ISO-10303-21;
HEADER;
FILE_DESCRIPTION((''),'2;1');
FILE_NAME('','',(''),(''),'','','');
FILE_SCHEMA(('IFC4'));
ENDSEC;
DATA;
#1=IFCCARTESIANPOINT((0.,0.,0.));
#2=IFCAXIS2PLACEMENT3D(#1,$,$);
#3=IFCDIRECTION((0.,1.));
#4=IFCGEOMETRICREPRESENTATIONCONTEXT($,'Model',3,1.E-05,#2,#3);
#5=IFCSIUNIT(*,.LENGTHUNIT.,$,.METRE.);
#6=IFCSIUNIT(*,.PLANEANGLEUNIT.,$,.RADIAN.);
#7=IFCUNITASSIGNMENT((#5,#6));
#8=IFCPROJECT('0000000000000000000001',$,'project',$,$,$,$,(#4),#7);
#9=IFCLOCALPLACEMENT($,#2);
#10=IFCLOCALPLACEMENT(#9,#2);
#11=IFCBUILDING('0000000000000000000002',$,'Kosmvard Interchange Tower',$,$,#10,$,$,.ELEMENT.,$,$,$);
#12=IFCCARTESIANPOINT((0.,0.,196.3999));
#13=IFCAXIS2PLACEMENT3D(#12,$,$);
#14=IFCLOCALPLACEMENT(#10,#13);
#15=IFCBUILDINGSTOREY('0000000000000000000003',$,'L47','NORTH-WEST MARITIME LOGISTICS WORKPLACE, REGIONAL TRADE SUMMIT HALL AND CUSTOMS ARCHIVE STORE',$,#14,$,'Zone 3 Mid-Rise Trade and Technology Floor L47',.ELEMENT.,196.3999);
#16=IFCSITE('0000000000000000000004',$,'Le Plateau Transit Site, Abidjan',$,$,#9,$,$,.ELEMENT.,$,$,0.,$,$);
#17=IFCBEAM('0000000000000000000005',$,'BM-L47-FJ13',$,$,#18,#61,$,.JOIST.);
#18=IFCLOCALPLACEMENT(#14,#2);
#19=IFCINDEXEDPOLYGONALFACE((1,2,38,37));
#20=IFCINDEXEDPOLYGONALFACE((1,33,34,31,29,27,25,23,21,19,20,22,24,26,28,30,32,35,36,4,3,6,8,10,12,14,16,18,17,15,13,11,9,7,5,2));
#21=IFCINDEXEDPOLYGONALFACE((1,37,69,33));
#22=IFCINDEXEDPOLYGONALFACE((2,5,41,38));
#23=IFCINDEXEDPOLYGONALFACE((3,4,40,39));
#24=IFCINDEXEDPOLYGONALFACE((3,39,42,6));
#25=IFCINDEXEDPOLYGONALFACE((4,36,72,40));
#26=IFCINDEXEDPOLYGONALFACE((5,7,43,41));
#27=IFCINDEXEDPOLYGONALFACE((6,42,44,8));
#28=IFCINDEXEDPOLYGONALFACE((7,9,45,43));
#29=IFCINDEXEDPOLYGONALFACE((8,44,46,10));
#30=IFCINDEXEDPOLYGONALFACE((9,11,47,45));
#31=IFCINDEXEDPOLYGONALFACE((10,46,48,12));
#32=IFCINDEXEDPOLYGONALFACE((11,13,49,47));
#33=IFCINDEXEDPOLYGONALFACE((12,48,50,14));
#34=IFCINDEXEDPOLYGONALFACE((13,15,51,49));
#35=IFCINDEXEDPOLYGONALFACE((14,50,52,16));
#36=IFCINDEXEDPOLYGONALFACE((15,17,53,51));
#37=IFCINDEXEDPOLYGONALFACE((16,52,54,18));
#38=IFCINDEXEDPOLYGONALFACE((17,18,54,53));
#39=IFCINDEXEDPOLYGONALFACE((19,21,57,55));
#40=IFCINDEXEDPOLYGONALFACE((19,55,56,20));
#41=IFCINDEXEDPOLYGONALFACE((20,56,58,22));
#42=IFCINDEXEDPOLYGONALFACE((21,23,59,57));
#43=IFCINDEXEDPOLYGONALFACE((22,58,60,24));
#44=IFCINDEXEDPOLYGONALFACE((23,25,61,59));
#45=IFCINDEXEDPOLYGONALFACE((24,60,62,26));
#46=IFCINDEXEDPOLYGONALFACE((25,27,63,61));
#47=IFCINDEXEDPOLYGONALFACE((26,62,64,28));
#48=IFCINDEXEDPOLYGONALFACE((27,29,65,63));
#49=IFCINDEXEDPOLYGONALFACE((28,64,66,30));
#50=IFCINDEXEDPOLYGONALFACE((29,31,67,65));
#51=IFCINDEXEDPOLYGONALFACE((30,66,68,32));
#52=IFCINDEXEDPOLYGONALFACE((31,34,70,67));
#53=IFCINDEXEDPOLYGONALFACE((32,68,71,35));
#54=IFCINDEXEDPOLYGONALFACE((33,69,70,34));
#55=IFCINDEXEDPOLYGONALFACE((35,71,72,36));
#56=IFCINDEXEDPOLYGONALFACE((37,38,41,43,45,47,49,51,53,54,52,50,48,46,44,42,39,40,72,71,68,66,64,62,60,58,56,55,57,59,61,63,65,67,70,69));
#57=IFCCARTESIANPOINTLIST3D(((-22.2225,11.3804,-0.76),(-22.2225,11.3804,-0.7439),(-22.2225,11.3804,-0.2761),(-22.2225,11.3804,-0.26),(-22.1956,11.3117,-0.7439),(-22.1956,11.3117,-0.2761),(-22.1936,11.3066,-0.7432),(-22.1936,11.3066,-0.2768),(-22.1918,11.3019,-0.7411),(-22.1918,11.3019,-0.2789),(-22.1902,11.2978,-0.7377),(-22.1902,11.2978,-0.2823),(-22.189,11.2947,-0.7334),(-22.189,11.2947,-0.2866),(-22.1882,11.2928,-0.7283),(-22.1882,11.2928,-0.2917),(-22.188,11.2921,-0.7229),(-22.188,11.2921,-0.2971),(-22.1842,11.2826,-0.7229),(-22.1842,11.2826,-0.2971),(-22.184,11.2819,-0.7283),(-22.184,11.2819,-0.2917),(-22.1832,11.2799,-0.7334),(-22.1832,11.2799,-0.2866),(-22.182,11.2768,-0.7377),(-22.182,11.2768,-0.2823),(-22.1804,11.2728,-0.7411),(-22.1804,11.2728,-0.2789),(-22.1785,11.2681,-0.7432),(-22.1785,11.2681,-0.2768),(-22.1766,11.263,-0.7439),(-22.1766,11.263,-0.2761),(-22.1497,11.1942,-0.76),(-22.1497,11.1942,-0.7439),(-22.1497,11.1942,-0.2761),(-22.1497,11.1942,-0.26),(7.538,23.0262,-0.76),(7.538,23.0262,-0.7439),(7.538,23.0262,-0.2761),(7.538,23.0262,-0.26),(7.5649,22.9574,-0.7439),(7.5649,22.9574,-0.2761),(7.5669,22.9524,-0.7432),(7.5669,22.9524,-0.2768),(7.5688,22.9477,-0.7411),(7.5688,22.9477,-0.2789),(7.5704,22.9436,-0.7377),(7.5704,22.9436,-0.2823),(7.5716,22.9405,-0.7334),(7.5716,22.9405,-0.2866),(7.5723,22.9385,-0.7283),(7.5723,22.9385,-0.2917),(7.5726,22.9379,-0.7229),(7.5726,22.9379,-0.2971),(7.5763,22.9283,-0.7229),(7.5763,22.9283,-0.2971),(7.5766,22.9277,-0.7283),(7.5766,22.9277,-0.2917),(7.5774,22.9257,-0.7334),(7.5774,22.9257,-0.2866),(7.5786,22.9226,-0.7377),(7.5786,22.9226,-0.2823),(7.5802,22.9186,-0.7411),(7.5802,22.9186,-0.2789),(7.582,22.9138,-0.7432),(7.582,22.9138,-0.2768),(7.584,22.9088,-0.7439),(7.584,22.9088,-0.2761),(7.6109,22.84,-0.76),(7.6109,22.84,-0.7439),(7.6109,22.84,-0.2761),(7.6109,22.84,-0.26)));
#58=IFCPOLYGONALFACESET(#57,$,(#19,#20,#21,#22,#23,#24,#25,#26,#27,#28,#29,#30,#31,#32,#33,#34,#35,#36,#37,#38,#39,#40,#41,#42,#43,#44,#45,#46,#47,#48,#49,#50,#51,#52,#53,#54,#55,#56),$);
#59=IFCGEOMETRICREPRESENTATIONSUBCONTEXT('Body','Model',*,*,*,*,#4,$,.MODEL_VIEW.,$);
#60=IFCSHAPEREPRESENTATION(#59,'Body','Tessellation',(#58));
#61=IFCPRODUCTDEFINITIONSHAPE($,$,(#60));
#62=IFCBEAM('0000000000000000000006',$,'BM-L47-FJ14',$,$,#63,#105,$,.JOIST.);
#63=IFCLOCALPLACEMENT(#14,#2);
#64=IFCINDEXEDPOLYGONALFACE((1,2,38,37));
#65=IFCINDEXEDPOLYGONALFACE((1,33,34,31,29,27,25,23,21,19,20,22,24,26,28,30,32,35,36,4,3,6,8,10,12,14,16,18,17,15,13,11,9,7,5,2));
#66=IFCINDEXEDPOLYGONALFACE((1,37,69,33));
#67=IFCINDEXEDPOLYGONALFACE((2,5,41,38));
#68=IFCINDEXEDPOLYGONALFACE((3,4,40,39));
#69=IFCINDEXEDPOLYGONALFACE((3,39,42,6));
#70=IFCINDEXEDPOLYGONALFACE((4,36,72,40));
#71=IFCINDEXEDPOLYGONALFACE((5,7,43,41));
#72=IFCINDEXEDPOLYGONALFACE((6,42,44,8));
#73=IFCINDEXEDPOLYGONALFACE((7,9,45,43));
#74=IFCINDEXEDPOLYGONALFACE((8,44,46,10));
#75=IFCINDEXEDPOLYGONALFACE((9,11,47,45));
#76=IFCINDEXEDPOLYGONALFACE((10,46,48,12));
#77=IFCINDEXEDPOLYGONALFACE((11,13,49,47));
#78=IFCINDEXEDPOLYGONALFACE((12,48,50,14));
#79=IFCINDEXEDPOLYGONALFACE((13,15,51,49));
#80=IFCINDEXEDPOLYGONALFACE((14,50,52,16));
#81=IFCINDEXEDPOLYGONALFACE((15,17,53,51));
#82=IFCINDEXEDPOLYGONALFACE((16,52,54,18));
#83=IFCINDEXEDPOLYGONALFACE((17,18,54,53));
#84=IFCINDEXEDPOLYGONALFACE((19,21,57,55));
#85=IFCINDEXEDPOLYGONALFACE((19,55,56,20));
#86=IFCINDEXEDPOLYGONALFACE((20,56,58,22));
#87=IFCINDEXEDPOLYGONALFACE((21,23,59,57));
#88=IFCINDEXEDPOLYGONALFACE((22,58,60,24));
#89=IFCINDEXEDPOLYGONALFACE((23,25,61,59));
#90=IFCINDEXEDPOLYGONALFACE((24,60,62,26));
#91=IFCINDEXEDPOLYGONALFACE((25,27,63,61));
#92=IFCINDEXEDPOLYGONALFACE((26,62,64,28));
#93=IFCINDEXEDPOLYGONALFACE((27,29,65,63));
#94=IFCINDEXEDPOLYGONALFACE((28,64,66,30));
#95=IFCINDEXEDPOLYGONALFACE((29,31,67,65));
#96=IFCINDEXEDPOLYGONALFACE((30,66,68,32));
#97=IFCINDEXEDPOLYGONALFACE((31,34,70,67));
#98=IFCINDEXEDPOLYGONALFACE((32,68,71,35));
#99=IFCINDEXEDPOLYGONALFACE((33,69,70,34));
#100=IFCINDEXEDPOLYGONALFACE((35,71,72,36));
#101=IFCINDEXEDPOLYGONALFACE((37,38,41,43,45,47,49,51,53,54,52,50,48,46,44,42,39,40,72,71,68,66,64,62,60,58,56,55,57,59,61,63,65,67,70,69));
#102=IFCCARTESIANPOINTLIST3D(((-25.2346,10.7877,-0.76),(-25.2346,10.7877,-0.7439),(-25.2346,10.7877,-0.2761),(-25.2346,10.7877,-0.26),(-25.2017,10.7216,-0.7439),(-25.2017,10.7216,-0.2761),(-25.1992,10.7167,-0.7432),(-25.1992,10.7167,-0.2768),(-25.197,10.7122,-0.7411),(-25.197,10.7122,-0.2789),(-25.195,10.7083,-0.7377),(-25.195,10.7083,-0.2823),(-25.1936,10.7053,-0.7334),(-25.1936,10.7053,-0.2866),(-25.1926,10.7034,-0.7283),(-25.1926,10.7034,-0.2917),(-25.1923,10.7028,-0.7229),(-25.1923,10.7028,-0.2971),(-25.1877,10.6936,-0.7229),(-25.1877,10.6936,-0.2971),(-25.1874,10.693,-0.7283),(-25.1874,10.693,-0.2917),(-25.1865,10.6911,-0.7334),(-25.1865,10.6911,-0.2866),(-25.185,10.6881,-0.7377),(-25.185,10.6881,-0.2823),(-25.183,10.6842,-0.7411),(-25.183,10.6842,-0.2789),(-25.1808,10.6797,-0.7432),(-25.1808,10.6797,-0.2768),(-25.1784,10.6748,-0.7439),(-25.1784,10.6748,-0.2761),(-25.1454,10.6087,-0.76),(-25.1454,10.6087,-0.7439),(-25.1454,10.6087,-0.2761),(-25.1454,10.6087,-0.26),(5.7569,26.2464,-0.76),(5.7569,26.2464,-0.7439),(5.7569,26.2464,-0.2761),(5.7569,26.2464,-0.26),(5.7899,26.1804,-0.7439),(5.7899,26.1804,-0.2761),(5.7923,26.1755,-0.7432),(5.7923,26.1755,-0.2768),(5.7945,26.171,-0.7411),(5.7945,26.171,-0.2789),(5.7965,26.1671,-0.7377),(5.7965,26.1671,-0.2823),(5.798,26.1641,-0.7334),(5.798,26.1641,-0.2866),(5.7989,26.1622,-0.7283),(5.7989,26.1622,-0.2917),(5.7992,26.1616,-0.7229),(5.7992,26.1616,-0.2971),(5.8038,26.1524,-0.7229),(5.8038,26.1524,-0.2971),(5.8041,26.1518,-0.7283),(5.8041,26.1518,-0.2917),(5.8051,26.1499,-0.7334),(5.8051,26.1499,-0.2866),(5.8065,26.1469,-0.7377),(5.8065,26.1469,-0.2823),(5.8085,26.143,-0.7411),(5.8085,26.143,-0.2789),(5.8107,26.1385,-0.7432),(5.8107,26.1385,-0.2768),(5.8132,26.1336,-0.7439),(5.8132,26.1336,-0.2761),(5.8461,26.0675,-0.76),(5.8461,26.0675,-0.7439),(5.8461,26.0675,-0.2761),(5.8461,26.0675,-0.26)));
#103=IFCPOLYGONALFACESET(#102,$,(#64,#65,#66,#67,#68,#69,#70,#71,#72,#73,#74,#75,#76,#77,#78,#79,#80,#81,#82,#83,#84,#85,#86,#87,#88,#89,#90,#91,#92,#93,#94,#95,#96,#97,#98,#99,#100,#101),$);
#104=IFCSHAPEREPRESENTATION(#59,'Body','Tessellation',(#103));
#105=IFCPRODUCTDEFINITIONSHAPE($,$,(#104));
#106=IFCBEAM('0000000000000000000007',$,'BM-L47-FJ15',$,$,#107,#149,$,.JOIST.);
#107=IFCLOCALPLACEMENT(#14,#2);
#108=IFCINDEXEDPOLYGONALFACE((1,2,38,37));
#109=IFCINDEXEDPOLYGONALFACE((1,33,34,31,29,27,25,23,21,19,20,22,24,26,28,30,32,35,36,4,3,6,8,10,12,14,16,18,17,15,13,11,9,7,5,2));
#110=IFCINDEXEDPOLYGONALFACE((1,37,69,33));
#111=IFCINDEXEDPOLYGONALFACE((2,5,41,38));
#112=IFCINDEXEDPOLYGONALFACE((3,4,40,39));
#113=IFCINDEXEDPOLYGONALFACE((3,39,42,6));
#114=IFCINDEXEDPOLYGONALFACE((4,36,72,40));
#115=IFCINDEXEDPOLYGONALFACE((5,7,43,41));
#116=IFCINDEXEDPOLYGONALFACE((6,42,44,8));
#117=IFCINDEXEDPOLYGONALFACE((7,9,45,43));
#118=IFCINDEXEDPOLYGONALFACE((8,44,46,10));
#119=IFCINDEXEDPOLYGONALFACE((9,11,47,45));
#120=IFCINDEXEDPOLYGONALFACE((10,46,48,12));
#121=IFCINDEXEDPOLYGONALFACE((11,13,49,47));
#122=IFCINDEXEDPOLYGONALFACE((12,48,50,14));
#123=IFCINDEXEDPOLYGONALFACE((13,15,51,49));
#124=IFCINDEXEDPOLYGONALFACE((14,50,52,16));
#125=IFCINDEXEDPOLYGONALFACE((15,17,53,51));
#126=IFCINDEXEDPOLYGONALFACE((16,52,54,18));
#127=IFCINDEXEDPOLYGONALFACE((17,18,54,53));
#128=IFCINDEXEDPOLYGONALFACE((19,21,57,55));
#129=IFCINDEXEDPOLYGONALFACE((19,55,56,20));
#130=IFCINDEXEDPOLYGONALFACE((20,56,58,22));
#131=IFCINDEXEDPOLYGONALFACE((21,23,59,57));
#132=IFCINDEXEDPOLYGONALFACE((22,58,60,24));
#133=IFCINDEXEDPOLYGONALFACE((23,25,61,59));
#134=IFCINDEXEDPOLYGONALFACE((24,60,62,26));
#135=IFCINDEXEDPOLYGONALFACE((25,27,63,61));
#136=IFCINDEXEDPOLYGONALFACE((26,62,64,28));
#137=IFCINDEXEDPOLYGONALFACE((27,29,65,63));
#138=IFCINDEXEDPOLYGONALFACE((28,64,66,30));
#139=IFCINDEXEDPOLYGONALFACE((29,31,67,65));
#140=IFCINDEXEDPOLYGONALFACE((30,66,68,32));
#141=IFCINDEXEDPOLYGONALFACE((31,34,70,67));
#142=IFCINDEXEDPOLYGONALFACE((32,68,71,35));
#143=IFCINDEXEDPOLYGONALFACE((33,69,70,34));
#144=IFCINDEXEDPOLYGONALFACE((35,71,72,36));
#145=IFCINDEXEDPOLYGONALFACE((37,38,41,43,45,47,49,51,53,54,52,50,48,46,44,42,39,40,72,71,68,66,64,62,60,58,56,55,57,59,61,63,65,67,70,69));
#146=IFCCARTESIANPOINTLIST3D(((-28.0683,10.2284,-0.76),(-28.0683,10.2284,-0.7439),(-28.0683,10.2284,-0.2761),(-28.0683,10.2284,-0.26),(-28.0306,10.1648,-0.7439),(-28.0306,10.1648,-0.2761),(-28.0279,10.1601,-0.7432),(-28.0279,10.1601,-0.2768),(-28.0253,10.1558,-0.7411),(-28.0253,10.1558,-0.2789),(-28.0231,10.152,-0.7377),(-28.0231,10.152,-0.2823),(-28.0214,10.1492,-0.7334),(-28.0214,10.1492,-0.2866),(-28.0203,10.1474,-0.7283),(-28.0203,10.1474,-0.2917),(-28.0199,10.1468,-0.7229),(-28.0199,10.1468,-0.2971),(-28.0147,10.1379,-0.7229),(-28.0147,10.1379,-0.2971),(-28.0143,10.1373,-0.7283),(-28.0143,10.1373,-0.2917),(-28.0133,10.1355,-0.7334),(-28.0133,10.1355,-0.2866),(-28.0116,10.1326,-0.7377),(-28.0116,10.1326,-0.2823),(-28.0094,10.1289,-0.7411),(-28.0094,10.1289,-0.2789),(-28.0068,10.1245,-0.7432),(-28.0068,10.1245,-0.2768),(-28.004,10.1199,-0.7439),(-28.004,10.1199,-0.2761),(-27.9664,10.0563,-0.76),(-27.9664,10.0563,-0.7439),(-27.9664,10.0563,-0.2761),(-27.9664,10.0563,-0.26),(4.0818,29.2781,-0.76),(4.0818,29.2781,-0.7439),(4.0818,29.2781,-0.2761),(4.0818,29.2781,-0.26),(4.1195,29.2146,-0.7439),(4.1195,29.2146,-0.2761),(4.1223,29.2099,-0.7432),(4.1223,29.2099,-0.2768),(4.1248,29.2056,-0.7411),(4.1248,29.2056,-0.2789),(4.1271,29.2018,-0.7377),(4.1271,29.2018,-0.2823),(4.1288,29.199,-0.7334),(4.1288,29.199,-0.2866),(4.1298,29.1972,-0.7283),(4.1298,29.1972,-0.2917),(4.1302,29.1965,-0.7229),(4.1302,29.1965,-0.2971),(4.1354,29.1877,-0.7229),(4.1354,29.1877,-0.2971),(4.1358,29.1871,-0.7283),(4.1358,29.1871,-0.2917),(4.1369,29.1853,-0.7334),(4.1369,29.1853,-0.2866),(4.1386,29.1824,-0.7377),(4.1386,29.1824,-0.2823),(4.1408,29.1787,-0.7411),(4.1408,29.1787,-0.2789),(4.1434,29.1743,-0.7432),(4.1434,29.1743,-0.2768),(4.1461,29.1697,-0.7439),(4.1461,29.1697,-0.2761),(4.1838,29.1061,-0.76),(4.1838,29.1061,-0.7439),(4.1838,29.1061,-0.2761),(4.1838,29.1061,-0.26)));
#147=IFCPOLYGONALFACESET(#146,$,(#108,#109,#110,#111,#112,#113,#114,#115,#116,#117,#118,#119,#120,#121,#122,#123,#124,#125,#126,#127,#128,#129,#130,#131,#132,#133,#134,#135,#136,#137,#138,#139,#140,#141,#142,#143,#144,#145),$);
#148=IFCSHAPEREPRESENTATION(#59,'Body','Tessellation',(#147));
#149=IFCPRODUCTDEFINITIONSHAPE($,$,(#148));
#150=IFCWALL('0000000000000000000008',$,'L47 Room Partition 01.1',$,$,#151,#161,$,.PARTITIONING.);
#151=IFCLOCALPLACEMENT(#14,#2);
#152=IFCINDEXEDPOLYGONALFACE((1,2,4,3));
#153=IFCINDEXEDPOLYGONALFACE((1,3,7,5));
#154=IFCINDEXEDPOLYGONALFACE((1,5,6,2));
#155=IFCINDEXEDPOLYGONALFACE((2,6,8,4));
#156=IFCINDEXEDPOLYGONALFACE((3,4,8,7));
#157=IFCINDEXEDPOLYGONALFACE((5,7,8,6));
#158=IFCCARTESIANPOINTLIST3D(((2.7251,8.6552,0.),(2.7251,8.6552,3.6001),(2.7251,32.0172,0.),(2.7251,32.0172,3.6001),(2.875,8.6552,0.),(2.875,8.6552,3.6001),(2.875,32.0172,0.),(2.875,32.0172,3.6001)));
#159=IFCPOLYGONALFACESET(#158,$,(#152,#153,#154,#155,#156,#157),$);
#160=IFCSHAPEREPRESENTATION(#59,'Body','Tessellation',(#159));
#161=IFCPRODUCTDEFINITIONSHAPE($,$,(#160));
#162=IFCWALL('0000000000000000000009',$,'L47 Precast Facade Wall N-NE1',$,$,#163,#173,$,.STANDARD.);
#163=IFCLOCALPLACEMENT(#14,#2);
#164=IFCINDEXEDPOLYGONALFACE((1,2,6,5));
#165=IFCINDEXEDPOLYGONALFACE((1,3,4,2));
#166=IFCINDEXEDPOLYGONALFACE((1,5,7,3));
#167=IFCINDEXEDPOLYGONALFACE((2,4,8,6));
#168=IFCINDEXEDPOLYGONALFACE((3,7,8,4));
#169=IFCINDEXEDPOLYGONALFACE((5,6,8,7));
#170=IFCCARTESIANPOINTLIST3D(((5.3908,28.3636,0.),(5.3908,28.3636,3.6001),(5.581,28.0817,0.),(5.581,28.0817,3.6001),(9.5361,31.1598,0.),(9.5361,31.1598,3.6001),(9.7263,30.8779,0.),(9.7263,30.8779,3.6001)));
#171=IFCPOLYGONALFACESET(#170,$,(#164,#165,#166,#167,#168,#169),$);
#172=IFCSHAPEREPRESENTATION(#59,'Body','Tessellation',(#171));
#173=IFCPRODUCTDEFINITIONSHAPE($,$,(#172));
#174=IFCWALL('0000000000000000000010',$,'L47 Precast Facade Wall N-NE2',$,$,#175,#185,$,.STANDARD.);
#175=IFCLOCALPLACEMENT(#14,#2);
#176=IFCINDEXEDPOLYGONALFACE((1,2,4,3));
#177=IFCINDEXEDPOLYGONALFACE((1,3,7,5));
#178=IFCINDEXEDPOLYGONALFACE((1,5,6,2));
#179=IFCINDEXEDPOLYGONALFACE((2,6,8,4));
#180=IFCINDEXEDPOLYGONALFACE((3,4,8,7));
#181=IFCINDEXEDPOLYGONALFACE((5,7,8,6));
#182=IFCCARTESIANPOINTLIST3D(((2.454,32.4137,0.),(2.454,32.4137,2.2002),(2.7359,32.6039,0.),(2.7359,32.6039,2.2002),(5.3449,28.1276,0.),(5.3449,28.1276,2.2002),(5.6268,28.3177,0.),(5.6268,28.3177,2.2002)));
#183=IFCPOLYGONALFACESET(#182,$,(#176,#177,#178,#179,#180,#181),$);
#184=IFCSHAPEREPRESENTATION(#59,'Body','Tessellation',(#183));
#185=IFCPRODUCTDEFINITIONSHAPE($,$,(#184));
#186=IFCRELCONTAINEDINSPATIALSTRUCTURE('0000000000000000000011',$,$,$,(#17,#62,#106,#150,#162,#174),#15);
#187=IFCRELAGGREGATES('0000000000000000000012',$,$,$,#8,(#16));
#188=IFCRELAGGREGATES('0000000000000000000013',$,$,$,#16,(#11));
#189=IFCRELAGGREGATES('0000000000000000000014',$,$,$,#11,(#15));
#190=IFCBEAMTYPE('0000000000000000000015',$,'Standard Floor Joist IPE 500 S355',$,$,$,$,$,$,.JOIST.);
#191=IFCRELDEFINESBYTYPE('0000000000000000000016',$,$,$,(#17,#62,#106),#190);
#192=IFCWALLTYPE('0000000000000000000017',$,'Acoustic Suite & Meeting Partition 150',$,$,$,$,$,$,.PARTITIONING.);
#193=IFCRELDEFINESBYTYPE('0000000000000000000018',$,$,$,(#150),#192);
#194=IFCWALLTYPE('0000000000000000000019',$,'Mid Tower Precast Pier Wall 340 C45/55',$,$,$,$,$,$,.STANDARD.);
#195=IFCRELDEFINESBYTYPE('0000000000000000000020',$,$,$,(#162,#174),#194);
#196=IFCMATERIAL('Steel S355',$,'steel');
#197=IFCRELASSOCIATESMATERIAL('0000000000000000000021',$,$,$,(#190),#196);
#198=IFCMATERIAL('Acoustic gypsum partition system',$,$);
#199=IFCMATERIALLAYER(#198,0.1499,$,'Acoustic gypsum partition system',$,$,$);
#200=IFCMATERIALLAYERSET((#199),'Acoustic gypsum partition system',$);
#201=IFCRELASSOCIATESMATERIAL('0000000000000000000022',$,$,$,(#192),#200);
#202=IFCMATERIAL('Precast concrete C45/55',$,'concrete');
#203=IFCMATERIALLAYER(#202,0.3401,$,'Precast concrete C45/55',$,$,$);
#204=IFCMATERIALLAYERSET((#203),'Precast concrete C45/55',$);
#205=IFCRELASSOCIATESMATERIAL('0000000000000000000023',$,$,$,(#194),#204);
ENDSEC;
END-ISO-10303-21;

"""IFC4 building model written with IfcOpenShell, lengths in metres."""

from ifc_helpers import new_model, si_unit, direction, frame, frame_2d, origin, origin_2d, place, context, subcontext, project, spatial, rectangle, i_section, extrude, source, transform, mapped, material, layer, layer_set, material_profile, profile_set, type_object, element, save


model = new_model("IFC4")

# Units and contexts
model_context = context("Model", 3, precision=1e-05, world=origin(), true_north=direction((0.0, 1.0)))
body_context = subcontext(model_context, "Body", "Model", "MODEL_VIEW")
ifc_project = project(units=[si_unit("LENGTHUNIT", "METRE"), si_unit("PLANEANGLEUNIT", "RADIAN")], contexts=[model_context])

# Site, building, storey
site_placement = place(None, origin())
site = spatial("IfcSite", under=ifc_project, at=site_placement, Name="Le Plateau Transit Site, Abidjan", CompositionType="ELEMENT", RefElevation=0.0)
building_placement = place(site_placement, origin())
building = spatial("IfcBuilding", under=site, at=building_placement, Name="Kosmvard Interchange Tower", CompositionType="ELEMENT")
storey_placement = place(building_placement, frame((0.0, 0.0, 196.3999)))
storey = spatial("IfcBuildingStorey", under=building, at=storey_placement, Name="L47", Description="NORTH-WEST MARITIME LOGISTICS WORKPLACE, REGIONAL TRADE SUMMIT HALL AND CUSTOMS ARCHIVE STORE", LongName="Zone 3 Mid-Rise Trade and Technology Floor L47", CompositionType="ELEMENT", Elevation=196.3999)

# Beams
ifc_material_1 = material(Name="Steel S355", Category="steel")
ifc_material_2 = material(Name="Precast concrete C45/55", Category="concrete")
ifc_material_profile_1 = material_profile(ifc_material_1, i_section(OverallWidth=0.2, OverallDepth=0.5, WebThickness=0.0103, FlangeThickness=0.0161, FilletRadius=0.021, at=origin_2d()), Name="IPE 500")
ifc_profile_set_1 = profile_set([ifc_material_profile_1], Name="Steel S355")
beam_type_1 = type_object("IfcBeamType", Name="Standard Floor Joist IPE 500 S355", PredefinedType="JOIST", material=ifc_profile_set_1)
shared_shape_1 = source(origin(), body_context, "Body", "SweptSolid", [
    extrude(i_section(OverallWidth=0.2, OverallDepth=0.5, WebThickness=0.0103, FlangeThickness=0.0161, FilletRadius=0.021, at=origin_2d()), origin(), (0.0, 0.0, 1.0), 31.958),
])
beam_1_placement = place(storey_placement, frame((7.5745, 22.9331, -0.51), z_axis=(-0.931239, -0.364409, 0.0), x_axis=(0.364409, -0.931239, 0.0)))
element("IfcBeam", 1, at=beam_1_placement, inside=storey, type_object=beam_type_1, Name="BM-L47-FJ13", PredefinedType="JOIST", context=body_context, shape_type="MappedRepresentation", body=[
    mapped(shared_shape_1, transform((0.0, 0.0, 0.0), scale=1.0)),
])
shared_shape_2 = source(origin(), body_context, "Body", "SweptSolid", [
    extrude(i_section(OverallWidth=0.2, OverallDepth=0.5, WebThickness=0.0103, FlangeThickness=0.0161, FilletRadius=0.021, at=origin_2d()), origin(), (0.0, 0.0, 1.0), 34.6331),
])
beam_2_placement = place(storey_placement, frame((5.8015, 26.157, -0.51), z_axis=(-0.894854, -0.446359, 0.0), x_axis=(0.446359, -0.894854, 0.0)))
element("IfcBeam", 2, at=beam_2_placement, inside=storey, type_object=beam_type_1, Name="BM-L47-FJ14", PredefinedType="JOIST", context=body_context, shape_type="MappedRepresentation", body=[
    mapped(shared_shape_2, transform((0.0, 0.0, 0.0), scale=1.0)),
])
shared_shape_3 = source(origin(), body_context, "Body", "SweptSolid", [
    extrude(i_section(OverallWidth=0.2, OverallDepth=0.5, WebThickness=0.0103, FlangeThickness=0.0161, FilletRadius=0.021, at=origin_2d()), origin(), (0.0, 0.0, 1.0), 37.3701),
])
beam_3_placement = place(storey_placement, frame((4.1328, 29.1921, -0.51), z_axis=(-0.860317, -0.50976, 0.0), x_axis=(0.50976, -0.860317, 0.0)))
element("IfcBeam", 3, at=beam_3_placement, inside=storey, type_object=beam_type_1, Name="BM-L47-FJ15", PredefinedType="JOIST", context=body_context, shape_type="MappedRepresentation", body=[
    mapped(shared_shape_3, transform((0.0, 0.0, 0.0), scale=1.0)),
])

# Walls
ifc_material_3 = material(Name="Acoustic gypsum partition system")
ifc_layer_1 = layer(ifc_material_3, 0.1499, Name="Acoustic gypsum partition system")
ifc_layer_set_1 = layer_set([ifc_layer_1], Name="Acoustic gypsum partition system")
wall_type_1 = type_object("IfcWallType", Name="Acoustic Suite & Meeting Partition 150", PredefinedType="PARTITIONING", material=ifc_layer_set_1)
wall_1_placement = place(storey_placement, frame((2.8, 8.655, 0.0), z_axis=(0.0, 0.0, 1.0), x_axis=(0.0, 1.0, 0.0)))
element("IfcWall", 4, at=wall_1_placement, inside=storey, type_object=wall_type_1, Name="L47 Room Partition 01.1", PredefinedType="PARTITIONING", context=body_context, shape_type="SweptSolid", body=[
    extrude(rectangle(XDim=23.3621, YDim=0.1499, at=frame_2d((11.6812, 0.0))), origin(), (0.0, 0.0, 1.0), 3.6001),
])
ifc_layer_2 = layer(ifc_material_2, 0.3401, Name="Precast concrete C45/55")
ifc_layer_set_2 = layer_set([ifc_layer_2], Name="Precast concrete C45/55")
wall_type_2 = type_object("IfcWallType", Name="Mid Tower Precast Pier Wall 340 C45/55", PredefinedType="STANDARD", material=ifc_layer_set_2)
wall_2_placement = place(storey_placement, frame((9.6311, 31.0188, 0.0), z_axis=(0.0, 0.0, 1.0), x_axis=(-0.829026, -0.55921, 0.0)))
element("IfcWall", 5, at=wall_2_placement, inside=storey, type_object=wall_type_2, Name="L47 Precast Facade Wall N-NE1", PredefinedType="STANDARD", context=body_context, shape_type="SweptSolid", body=[
    extrude(rectangle(XDim=5.0002, YDim=0.3401, at=frame_2d((2.5, 0.0))), origin(), (0.0, 0.0, 1.0), 3.6001),
])
wall_3_placement = place(storey_placement, frame((5.4858, 28.2227, 0.0), z_axis=(0.0, 0.0, 1.0), x_axis=(-0.559171, 0.829052, 0.0)))
element("IfcWall", 6, at=wall_3_placement, inside=storey, type_object=wall_type_2, Name="L47 Precast Facade Wall N-NE2", PredefinedType="STANDARD", context=body_context, shape_type="SweptSolid", body=[
    extrude(rectangle(XDim=5.1699, YDim=0.3401, at=frame_2d((2.585, 0.0))), origin(), (0.0, 0.0, 1.0), 2.2002),
])

save(model, "model.ifc")
